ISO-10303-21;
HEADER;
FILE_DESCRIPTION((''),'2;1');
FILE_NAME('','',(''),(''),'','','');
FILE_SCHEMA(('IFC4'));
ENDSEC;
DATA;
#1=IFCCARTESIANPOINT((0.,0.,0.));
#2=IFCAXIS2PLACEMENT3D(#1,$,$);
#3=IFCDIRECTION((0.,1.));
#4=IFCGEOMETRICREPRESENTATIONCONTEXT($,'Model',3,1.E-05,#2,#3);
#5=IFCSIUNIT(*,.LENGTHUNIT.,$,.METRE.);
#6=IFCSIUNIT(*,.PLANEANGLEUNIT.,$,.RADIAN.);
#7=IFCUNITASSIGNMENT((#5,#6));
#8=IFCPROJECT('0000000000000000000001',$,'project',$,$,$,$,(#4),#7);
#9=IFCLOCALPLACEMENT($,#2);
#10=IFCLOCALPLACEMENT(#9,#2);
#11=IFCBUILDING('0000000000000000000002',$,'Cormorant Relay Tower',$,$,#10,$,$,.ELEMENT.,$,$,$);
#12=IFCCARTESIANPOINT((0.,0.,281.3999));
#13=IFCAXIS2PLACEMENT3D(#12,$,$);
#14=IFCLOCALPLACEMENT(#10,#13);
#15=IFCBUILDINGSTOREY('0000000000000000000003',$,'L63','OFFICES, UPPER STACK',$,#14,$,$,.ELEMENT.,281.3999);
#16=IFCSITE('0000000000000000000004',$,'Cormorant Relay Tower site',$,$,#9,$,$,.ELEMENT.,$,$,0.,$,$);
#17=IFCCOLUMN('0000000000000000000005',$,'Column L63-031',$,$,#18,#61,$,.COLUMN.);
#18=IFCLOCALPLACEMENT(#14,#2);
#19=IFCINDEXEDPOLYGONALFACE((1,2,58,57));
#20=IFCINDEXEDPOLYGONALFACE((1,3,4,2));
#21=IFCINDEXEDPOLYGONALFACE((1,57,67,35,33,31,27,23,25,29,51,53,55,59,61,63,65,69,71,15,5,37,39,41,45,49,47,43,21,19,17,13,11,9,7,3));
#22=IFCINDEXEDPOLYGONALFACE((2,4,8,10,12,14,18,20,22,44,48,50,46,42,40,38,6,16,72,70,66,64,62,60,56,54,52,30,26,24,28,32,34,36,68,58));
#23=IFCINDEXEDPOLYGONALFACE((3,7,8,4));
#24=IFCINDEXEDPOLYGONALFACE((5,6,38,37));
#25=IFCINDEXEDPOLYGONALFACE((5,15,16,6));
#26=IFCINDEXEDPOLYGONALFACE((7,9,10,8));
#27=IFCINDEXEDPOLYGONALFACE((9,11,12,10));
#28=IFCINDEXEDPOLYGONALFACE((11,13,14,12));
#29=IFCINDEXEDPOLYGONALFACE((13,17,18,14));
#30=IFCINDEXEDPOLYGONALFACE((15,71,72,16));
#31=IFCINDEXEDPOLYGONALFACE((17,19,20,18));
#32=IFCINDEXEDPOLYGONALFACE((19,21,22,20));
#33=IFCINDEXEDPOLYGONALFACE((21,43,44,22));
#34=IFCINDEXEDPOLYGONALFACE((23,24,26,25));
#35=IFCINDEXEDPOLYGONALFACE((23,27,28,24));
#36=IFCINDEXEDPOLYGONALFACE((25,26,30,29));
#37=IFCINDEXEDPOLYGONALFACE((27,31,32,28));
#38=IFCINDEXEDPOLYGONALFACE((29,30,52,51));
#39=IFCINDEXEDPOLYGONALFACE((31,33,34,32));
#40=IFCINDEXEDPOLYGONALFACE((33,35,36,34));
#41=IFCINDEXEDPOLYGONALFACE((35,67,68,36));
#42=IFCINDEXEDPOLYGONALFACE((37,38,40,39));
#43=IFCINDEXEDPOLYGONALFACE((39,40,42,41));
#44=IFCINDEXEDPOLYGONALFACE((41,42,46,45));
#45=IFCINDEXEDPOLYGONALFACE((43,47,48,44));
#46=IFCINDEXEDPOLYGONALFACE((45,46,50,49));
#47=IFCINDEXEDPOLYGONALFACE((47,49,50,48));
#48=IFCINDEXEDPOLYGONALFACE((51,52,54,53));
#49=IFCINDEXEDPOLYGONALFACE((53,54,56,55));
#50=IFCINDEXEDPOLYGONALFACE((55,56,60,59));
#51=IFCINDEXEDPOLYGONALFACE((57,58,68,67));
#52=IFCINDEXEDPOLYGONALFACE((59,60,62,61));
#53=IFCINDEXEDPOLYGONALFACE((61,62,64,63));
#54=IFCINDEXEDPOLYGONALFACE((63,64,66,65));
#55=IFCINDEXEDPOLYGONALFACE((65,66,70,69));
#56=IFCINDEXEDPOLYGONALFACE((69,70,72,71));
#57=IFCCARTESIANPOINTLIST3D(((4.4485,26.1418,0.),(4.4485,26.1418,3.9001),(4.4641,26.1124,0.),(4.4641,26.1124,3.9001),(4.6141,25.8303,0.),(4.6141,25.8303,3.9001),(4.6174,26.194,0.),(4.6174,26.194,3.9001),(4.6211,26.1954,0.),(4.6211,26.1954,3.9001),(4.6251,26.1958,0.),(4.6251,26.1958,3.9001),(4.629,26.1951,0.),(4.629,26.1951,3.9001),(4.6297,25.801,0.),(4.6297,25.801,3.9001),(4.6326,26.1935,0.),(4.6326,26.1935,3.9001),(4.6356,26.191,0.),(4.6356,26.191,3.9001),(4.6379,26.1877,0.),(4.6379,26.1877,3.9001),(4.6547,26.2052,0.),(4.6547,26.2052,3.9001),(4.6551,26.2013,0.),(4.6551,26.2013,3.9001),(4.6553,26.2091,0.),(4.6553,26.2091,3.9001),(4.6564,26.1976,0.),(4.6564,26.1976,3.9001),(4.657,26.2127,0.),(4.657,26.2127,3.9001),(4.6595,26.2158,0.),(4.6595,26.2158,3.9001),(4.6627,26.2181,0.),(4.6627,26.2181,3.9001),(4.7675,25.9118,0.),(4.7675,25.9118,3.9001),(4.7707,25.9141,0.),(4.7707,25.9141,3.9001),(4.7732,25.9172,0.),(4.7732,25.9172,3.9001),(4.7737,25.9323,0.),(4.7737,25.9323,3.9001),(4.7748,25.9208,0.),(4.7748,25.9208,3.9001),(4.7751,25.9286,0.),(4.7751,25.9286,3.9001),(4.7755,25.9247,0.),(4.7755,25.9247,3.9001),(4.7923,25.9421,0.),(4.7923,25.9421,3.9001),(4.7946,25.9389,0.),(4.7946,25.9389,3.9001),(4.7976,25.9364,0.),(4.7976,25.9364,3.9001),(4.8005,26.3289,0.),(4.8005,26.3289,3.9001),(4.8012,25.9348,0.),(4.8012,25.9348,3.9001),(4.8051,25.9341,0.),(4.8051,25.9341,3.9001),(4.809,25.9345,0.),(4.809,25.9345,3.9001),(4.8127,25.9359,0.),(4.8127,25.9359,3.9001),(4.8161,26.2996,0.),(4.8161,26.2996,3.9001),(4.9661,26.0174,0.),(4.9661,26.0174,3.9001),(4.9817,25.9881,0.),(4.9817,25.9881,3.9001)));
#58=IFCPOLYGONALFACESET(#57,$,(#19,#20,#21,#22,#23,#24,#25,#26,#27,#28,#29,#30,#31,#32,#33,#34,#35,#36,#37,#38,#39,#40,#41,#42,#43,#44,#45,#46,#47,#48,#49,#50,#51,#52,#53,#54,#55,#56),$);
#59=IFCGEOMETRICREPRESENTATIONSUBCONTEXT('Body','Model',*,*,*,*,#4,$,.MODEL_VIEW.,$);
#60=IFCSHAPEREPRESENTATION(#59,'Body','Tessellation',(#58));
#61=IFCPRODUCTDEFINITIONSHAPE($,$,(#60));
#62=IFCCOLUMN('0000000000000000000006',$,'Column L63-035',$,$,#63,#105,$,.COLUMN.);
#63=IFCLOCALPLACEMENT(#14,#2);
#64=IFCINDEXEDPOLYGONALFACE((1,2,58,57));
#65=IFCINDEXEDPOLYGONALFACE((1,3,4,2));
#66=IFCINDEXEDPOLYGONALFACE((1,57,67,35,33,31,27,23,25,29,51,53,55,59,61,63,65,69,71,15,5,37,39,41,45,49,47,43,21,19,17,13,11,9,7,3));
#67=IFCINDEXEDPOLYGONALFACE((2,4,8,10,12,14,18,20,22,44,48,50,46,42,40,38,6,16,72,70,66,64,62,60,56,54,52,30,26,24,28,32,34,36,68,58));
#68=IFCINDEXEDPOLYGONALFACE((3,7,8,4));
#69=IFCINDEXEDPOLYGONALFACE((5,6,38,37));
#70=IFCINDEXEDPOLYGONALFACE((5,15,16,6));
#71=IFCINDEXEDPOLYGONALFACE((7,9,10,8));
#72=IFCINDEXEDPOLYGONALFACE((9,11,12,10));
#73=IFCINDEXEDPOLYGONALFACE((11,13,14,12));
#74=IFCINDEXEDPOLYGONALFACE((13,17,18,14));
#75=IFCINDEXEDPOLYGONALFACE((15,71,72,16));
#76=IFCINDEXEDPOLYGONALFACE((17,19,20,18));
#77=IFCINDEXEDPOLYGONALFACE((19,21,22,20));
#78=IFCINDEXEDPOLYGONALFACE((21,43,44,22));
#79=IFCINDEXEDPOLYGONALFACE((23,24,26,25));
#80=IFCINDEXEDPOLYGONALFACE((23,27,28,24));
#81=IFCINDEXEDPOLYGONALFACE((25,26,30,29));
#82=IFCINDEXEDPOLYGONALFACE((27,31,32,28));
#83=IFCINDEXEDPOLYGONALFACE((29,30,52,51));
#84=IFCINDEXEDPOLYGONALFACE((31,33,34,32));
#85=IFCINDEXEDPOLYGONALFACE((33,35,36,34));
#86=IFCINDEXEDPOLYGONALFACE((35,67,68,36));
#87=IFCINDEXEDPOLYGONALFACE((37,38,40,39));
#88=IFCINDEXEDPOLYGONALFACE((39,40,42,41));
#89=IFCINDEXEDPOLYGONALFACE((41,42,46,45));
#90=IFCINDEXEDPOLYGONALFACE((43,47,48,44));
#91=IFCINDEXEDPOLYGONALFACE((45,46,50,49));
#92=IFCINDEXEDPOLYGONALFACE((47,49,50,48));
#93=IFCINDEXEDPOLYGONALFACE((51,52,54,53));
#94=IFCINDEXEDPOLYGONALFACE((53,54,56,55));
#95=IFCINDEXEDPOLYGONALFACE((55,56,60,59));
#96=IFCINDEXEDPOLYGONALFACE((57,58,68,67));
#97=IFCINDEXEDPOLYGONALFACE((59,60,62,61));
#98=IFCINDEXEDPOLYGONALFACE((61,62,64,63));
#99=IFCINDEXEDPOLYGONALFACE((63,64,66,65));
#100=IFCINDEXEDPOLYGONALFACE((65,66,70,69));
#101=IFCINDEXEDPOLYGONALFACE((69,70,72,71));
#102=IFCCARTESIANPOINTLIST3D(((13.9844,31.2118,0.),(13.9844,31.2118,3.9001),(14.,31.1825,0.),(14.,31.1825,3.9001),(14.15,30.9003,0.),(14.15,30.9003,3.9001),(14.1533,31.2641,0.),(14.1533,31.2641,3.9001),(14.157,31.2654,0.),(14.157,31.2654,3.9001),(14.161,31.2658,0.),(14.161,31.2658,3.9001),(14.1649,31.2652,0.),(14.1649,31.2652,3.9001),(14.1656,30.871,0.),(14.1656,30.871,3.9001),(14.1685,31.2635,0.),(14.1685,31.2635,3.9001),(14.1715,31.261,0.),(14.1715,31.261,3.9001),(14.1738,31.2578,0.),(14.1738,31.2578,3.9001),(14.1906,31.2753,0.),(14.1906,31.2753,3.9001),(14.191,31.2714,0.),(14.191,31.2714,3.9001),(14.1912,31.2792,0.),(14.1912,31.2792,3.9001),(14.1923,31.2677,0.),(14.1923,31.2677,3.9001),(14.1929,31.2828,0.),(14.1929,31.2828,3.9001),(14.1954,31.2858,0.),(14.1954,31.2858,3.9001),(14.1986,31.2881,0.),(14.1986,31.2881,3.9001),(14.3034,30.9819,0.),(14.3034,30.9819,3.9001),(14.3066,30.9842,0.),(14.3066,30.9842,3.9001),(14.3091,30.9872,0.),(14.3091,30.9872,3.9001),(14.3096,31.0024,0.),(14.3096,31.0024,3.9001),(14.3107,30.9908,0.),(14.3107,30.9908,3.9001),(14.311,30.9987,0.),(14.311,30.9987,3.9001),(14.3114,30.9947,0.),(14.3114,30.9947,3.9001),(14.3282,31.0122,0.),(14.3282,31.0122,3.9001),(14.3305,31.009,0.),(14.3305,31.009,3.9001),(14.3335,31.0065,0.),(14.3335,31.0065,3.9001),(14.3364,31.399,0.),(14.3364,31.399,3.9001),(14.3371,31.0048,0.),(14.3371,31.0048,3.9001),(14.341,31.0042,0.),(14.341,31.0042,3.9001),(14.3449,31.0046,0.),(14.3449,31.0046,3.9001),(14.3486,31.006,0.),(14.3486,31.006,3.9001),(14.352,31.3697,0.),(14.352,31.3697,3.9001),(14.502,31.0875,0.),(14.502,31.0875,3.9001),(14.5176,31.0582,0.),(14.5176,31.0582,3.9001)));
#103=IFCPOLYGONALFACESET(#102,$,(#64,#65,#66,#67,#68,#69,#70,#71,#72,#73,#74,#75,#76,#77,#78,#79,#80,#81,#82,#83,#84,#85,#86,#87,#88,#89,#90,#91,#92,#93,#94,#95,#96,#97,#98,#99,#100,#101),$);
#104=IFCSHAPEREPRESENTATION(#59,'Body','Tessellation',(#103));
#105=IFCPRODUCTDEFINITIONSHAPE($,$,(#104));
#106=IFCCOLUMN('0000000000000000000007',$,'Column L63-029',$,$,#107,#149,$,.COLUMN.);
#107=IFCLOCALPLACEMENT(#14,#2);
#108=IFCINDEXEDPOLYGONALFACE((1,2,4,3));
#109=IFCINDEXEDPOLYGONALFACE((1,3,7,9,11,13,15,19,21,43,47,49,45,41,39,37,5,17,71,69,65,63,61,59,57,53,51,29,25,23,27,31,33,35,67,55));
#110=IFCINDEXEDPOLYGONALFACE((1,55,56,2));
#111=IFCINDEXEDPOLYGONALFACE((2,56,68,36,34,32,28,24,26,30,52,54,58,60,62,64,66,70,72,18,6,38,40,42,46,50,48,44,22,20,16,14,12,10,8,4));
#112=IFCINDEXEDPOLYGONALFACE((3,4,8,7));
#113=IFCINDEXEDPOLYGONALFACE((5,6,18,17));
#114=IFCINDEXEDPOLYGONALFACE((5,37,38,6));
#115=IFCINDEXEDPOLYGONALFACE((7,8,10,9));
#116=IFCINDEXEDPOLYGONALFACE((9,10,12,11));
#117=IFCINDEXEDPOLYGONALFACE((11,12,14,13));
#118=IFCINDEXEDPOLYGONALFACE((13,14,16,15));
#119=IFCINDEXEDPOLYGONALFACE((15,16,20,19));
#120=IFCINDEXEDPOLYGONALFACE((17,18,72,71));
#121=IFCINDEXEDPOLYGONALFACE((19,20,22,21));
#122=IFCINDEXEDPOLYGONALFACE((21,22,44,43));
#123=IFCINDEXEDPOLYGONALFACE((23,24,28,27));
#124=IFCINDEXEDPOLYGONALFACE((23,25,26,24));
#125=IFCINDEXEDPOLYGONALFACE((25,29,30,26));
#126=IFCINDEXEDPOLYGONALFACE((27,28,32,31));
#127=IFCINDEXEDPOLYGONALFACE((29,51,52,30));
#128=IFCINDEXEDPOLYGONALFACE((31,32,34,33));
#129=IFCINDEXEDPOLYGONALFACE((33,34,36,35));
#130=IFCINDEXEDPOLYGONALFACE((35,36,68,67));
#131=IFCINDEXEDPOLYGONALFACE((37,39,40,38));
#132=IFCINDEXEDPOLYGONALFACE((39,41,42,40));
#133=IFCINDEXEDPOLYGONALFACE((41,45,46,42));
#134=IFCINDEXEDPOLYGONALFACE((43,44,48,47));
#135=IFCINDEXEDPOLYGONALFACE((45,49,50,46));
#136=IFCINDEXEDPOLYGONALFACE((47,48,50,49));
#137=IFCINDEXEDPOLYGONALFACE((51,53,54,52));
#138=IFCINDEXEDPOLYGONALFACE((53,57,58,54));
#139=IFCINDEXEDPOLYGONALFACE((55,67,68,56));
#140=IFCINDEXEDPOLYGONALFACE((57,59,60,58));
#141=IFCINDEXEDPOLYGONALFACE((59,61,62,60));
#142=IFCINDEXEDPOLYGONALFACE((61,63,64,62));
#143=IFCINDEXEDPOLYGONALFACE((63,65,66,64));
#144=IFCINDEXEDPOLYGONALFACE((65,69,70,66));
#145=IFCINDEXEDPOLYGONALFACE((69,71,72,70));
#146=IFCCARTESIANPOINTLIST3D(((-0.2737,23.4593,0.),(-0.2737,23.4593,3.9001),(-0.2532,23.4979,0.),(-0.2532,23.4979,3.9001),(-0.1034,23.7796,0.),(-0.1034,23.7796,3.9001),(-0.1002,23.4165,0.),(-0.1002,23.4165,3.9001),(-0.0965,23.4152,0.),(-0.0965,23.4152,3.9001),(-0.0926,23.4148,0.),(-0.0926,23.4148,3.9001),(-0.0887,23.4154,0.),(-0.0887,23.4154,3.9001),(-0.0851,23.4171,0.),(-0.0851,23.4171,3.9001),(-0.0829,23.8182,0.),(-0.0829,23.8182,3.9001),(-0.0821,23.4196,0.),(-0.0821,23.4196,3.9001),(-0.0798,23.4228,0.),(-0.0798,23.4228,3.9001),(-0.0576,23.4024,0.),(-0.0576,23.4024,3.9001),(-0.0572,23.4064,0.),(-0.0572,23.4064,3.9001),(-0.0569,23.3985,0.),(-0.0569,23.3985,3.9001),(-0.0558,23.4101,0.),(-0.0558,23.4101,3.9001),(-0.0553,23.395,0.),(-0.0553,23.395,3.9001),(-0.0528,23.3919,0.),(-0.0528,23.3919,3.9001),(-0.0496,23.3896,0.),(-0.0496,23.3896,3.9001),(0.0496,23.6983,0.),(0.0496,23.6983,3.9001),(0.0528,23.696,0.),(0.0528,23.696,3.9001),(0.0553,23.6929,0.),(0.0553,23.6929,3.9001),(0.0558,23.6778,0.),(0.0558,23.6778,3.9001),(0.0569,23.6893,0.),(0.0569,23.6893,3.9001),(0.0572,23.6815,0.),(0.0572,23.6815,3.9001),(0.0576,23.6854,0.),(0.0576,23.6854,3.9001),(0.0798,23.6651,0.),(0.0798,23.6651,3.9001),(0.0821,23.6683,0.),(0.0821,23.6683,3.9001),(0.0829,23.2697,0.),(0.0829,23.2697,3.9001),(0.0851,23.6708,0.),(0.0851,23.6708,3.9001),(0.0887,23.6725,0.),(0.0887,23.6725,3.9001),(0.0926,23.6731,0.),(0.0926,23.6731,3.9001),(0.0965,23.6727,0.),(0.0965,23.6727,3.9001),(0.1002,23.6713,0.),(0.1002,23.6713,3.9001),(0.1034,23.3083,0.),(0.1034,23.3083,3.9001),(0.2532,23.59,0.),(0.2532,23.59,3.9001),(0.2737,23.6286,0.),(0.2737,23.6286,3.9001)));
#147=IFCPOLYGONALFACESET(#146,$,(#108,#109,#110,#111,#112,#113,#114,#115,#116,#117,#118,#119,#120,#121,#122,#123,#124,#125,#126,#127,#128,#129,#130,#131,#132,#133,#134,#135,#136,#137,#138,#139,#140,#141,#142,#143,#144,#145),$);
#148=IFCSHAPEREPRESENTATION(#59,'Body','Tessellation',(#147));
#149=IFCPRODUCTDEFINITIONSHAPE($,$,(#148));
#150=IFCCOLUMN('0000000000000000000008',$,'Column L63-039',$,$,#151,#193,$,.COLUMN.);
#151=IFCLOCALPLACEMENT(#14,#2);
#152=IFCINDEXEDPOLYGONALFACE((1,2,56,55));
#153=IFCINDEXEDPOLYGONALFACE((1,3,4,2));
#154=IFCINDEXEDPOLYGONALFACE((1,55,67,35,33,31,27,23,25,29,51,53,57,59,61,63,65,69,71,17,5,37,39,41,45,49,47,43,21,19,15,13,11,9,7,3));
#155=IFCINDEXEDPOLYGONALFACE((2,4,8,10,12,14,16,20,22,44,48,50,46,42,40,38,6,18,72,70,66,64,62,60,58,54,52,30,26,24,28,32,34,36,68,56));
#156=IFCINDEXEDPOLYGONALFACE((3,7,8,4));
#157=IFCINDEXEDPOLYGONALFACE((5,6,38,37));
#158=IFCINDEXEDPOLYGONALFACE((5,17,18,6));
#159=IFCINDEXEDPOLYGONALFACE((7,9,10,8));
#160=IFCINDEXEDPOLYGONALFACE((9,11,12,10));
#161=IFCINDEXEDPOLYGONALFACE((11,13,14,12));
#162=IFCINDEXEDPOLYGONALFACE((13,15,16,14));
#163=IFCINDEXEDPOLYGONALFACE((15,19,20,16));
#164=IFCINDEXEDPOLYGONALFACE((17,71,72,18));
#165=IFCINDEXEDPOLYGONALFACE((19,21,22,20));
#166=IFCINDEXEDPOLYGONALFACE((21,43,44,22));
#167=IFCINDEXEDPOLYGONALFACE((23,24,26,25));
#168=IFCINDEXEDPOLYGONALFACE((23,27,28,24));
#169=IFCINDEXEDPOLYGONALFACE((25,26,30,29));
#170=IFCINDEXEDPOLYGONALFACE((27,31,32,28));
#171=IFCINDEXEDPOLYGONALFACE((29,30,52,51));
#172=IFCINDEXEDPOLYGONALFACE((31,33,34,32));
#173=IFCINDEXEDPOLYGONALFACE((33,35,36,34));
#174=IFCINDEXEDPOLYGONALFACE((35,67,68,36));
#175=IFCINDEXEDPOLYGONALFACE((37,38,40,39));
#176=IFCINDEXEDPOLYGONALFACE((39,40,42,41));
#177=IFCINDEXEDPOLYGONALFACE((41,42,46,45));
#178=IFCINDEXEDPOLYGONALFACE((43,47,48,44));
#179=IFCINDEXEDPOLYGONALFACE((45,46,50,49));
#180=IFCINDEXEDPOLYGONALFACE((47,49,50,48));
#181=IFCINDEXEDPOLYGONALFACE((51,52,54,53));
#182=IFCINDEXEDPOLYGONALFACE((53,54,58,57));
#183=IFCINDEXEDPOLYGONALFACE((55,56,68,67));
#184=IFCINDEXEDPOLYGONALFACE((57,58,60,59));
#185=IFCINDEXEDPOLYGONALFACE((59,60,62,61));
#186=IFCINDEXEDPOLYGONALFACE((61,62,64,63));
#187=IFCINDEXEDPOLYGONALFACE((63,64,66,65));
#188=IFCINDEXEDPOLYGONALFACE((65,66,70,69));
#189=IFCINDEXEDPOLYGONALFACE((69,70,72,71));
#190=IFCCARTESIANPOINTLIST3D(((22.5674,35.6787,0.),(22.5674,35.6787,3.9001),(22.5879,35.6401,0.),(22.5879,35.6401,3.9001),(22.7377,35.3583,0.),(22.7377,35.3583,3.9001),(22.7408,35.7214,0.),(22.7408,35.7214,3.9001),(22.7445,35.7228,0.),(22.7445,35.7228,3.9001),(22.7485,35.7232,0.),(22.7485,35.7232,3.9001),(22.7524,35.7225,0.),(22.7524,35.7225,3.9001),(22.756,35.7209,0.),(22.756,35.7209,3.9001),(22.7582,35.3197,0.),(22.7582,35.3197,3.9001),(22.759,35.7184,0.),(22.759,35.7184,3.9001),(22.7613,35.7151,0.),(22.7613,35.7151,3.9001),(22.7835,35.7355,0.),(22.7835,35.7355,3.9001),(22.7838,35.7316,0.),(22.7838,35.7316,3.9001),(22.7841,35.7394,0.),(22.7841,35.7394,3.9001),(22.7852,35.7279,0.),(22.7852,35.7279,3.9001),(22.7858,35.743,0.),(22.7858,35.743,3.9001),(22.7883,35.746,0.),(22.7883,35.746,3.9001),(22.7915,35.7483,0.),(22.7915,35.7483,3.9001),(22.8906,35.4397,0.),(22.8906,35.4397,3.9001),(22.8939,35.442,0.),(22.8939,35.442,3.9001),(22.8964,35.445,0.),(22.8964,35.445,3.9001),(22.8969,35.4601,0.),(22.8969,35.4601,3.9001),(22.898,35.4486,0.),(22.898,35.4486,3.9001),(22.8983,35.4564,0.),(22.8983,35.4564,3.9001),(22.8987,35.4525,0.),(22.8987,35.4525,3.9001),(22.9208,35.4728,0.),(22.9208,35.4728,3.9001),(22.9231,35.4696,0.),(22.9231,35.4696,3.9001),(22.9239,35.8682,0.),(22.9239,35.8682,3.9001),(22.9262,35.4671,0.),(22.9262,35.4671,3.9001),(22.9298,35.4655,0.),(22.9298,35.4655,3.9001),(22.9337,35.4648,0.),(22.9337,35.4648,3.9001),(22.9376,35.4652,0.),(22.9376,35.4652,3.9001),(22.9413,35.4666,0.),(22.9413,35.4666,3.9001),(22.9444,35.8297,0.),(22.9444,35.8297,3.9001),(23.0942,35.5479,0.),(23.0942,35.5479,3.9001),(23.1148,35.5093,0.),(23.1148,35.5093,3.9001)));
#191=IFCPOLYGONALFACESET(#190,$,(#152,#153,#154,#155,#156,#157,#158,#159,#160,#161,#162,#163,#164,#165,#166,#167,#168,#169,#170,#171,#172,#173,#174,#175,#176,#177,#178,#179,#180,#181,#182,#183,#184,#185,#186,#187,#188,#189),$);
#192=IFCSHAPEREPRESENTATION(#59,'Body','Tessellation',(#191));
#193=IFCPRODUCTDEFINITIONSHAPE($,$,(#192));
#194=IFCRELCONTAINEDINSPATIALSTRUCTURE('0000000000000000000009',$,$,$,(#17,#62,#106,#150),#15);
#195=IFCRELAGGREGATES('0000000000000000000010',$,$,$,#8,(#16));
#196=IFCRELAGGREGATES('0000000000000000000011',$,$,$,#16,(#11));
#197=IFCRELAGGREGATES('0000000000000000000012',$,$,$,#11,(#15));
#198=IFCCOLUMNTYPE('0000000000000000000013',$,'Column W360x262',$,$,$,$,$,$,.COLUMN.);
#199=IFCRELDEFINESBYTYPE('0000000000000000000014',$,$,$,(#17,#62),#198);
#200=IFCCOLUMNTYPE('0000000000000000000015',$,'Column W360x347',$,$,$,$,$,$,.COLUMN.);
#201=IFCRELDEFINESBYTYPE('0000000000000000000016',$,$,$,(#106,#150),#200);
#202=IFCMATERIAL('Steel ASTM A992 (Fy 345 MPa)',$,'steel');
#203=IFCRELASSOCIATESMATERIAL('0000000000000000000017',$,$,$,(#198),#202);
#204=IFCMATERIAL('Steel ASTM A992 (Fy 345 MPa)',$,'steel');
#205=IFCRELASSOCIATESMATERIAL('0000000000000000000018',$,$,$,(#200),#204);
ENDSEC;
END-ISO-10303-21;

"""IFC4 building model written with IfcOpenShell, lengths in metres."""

from ifc_helpers import new_model, si_unit, direction, frame, origin, origin_2d, place, context, subcontext, project, spatial, i_section, extrude, material, material_profile, profile_set, type_object, element, save


model = new_model("IFC4")

# Units and contexts
model_context = context("Model", 3, precision=1e-05, world=origin(), true_north=direction((0.0, 1.0)))
body_context = subcontext(model_context, "Body", "Model", "MODEL_VIEW")
ifc_project = project(units=[si_unit("LENGTHUNIT", "METRE"), si_unit("PLANEANGLEUNIT", "RADIAN")], contexts=[model_context])

# Site, building, storey
site_placement = place(None, origin())
site = spatial("IfcSite", under=ifc_project, at=site_placement, Name="Cormorant Relay Tower site", CompositionType="ELEMENT", RefElevation=0.0)
building_placement = place(site_placement, origin())
building = spatial("IfcBuilding", under=site, at=building_placement, Name="Cormorant Relay Tower", CompositionType="ELEMENT")
storey_placement = place(building_placement, frame((0.0, 0.0, 281.3999)))
storey = spatial("IfcBuildingStorey", under=building, at=storey_placement, Name="L63", Description="OFFICES, UPPER STACK", CompositionType="ELEMENT", Elevation=281.3999)

# Columns
ifc_material_1 = material(Name="Steel ASTM A992 (Fy 345 MPa)", Category="steel")
ifc_material_profile_1 = material_profile(ifc_material_1, i_section(OverallWidth=0.3987, OverallDepth=0.386, WebThickness=0.021, FlangeThickness=0.0332, FilletRadius=0.0151, at=origin_2d()), Name="W360x262")
ifc_profile_set_1 = profile_set([ifc_material_profile_1], Name="Steel ASTM A992 (Fy 345 MPa)")
column_type_1 = type_object("IfcColumnType", Name="Column W360x262", PredefinedType="COLUMN", material=ifc_profile_set_1)
for number, where, z_axis, x_axis, name in (
    (1, (4.7151, 26.0649, 0.0), (0.0, 0.0, 1.0), (-0.882948, -0.469472, 0.0), "Column L63-031"),
    (2, (14.251, 31.135, 0.0), (0.0, 0.0, 1.0), (-0.882948, -0.469472, 0.0), "Column L63-035"),
):
    element("IfcColumn", number, at=place(storey_placement, frame(where, z_axis=z_axis, x_axis=x_axis)), inside=storey, type_object=column_type_1, Name=name, PredefinedType="COLUMN", context=body_context, shape_type="SweptSolid", body=[
        extrude(i_section(OverallWidth=0.3987, OverallDepth=0.386, WebThickness=0.021, FlangeThickness=0.0332, FilletRadius=0.0151, at=origin_2d()), origin(), (0.0, 0.0, 1.0), 3.9001),
    ])
ifc_material_2 = material(Name="Steel ASTM A992 (Fy 345 MPa)", Category="steel")
ifc_material_profile_2 = material_profile(ifc_material_2, i_section(OverallWidth=0.4038, OverallDepth=0.4065, WebThickness=0.0271, FlangeThickness=0.0437, FilletRadius=0.0151, at=origin_2d()), Name="W360x347")
ifc_profile_set_2 = profile_set([ifc_material_profile_2], Name="Steel ASTM A992 (Fy 345 MPa)")
column_type_2 = type_object("IfcColumnType", Name="Column W360x347", PredefinedType="COLUMN", material=ifc_profile_set_2)
for number, where, z_axis, x_axis, name in (
    (3, (0.0, 23.5439, 0.0), (0.0, 0.0, 1.0), (-0.882948, 0.469472, 0.0), "Column L63-029"),
    (4, (22.8411, 35.594, 0.0), (0.0, 0.0, 1.0), (-0.882948, -0.469472, 0.0), "Column L63-039"),
):
    element("IfcColumn", number, at=place(storey_placement, frame(where, z_axis=z_axis, x_axis=x_axis)), inside=storey, type_object=column_type_2, Name=name, PredefinedType="COLUMN", context=body_context, shape_type="SweptSolid", body=[
        extrude(i_section(OverallWidth=0.4038, OverallDepth=0.4065, WebThickness=0.0271, FlangeThickness=0.0437, FilletRadius=0.0151, at=origin_2d()), origin(), (0.0, 0.0, 1.0), 3.9001),
    ])

save(model, "model.ifc")
